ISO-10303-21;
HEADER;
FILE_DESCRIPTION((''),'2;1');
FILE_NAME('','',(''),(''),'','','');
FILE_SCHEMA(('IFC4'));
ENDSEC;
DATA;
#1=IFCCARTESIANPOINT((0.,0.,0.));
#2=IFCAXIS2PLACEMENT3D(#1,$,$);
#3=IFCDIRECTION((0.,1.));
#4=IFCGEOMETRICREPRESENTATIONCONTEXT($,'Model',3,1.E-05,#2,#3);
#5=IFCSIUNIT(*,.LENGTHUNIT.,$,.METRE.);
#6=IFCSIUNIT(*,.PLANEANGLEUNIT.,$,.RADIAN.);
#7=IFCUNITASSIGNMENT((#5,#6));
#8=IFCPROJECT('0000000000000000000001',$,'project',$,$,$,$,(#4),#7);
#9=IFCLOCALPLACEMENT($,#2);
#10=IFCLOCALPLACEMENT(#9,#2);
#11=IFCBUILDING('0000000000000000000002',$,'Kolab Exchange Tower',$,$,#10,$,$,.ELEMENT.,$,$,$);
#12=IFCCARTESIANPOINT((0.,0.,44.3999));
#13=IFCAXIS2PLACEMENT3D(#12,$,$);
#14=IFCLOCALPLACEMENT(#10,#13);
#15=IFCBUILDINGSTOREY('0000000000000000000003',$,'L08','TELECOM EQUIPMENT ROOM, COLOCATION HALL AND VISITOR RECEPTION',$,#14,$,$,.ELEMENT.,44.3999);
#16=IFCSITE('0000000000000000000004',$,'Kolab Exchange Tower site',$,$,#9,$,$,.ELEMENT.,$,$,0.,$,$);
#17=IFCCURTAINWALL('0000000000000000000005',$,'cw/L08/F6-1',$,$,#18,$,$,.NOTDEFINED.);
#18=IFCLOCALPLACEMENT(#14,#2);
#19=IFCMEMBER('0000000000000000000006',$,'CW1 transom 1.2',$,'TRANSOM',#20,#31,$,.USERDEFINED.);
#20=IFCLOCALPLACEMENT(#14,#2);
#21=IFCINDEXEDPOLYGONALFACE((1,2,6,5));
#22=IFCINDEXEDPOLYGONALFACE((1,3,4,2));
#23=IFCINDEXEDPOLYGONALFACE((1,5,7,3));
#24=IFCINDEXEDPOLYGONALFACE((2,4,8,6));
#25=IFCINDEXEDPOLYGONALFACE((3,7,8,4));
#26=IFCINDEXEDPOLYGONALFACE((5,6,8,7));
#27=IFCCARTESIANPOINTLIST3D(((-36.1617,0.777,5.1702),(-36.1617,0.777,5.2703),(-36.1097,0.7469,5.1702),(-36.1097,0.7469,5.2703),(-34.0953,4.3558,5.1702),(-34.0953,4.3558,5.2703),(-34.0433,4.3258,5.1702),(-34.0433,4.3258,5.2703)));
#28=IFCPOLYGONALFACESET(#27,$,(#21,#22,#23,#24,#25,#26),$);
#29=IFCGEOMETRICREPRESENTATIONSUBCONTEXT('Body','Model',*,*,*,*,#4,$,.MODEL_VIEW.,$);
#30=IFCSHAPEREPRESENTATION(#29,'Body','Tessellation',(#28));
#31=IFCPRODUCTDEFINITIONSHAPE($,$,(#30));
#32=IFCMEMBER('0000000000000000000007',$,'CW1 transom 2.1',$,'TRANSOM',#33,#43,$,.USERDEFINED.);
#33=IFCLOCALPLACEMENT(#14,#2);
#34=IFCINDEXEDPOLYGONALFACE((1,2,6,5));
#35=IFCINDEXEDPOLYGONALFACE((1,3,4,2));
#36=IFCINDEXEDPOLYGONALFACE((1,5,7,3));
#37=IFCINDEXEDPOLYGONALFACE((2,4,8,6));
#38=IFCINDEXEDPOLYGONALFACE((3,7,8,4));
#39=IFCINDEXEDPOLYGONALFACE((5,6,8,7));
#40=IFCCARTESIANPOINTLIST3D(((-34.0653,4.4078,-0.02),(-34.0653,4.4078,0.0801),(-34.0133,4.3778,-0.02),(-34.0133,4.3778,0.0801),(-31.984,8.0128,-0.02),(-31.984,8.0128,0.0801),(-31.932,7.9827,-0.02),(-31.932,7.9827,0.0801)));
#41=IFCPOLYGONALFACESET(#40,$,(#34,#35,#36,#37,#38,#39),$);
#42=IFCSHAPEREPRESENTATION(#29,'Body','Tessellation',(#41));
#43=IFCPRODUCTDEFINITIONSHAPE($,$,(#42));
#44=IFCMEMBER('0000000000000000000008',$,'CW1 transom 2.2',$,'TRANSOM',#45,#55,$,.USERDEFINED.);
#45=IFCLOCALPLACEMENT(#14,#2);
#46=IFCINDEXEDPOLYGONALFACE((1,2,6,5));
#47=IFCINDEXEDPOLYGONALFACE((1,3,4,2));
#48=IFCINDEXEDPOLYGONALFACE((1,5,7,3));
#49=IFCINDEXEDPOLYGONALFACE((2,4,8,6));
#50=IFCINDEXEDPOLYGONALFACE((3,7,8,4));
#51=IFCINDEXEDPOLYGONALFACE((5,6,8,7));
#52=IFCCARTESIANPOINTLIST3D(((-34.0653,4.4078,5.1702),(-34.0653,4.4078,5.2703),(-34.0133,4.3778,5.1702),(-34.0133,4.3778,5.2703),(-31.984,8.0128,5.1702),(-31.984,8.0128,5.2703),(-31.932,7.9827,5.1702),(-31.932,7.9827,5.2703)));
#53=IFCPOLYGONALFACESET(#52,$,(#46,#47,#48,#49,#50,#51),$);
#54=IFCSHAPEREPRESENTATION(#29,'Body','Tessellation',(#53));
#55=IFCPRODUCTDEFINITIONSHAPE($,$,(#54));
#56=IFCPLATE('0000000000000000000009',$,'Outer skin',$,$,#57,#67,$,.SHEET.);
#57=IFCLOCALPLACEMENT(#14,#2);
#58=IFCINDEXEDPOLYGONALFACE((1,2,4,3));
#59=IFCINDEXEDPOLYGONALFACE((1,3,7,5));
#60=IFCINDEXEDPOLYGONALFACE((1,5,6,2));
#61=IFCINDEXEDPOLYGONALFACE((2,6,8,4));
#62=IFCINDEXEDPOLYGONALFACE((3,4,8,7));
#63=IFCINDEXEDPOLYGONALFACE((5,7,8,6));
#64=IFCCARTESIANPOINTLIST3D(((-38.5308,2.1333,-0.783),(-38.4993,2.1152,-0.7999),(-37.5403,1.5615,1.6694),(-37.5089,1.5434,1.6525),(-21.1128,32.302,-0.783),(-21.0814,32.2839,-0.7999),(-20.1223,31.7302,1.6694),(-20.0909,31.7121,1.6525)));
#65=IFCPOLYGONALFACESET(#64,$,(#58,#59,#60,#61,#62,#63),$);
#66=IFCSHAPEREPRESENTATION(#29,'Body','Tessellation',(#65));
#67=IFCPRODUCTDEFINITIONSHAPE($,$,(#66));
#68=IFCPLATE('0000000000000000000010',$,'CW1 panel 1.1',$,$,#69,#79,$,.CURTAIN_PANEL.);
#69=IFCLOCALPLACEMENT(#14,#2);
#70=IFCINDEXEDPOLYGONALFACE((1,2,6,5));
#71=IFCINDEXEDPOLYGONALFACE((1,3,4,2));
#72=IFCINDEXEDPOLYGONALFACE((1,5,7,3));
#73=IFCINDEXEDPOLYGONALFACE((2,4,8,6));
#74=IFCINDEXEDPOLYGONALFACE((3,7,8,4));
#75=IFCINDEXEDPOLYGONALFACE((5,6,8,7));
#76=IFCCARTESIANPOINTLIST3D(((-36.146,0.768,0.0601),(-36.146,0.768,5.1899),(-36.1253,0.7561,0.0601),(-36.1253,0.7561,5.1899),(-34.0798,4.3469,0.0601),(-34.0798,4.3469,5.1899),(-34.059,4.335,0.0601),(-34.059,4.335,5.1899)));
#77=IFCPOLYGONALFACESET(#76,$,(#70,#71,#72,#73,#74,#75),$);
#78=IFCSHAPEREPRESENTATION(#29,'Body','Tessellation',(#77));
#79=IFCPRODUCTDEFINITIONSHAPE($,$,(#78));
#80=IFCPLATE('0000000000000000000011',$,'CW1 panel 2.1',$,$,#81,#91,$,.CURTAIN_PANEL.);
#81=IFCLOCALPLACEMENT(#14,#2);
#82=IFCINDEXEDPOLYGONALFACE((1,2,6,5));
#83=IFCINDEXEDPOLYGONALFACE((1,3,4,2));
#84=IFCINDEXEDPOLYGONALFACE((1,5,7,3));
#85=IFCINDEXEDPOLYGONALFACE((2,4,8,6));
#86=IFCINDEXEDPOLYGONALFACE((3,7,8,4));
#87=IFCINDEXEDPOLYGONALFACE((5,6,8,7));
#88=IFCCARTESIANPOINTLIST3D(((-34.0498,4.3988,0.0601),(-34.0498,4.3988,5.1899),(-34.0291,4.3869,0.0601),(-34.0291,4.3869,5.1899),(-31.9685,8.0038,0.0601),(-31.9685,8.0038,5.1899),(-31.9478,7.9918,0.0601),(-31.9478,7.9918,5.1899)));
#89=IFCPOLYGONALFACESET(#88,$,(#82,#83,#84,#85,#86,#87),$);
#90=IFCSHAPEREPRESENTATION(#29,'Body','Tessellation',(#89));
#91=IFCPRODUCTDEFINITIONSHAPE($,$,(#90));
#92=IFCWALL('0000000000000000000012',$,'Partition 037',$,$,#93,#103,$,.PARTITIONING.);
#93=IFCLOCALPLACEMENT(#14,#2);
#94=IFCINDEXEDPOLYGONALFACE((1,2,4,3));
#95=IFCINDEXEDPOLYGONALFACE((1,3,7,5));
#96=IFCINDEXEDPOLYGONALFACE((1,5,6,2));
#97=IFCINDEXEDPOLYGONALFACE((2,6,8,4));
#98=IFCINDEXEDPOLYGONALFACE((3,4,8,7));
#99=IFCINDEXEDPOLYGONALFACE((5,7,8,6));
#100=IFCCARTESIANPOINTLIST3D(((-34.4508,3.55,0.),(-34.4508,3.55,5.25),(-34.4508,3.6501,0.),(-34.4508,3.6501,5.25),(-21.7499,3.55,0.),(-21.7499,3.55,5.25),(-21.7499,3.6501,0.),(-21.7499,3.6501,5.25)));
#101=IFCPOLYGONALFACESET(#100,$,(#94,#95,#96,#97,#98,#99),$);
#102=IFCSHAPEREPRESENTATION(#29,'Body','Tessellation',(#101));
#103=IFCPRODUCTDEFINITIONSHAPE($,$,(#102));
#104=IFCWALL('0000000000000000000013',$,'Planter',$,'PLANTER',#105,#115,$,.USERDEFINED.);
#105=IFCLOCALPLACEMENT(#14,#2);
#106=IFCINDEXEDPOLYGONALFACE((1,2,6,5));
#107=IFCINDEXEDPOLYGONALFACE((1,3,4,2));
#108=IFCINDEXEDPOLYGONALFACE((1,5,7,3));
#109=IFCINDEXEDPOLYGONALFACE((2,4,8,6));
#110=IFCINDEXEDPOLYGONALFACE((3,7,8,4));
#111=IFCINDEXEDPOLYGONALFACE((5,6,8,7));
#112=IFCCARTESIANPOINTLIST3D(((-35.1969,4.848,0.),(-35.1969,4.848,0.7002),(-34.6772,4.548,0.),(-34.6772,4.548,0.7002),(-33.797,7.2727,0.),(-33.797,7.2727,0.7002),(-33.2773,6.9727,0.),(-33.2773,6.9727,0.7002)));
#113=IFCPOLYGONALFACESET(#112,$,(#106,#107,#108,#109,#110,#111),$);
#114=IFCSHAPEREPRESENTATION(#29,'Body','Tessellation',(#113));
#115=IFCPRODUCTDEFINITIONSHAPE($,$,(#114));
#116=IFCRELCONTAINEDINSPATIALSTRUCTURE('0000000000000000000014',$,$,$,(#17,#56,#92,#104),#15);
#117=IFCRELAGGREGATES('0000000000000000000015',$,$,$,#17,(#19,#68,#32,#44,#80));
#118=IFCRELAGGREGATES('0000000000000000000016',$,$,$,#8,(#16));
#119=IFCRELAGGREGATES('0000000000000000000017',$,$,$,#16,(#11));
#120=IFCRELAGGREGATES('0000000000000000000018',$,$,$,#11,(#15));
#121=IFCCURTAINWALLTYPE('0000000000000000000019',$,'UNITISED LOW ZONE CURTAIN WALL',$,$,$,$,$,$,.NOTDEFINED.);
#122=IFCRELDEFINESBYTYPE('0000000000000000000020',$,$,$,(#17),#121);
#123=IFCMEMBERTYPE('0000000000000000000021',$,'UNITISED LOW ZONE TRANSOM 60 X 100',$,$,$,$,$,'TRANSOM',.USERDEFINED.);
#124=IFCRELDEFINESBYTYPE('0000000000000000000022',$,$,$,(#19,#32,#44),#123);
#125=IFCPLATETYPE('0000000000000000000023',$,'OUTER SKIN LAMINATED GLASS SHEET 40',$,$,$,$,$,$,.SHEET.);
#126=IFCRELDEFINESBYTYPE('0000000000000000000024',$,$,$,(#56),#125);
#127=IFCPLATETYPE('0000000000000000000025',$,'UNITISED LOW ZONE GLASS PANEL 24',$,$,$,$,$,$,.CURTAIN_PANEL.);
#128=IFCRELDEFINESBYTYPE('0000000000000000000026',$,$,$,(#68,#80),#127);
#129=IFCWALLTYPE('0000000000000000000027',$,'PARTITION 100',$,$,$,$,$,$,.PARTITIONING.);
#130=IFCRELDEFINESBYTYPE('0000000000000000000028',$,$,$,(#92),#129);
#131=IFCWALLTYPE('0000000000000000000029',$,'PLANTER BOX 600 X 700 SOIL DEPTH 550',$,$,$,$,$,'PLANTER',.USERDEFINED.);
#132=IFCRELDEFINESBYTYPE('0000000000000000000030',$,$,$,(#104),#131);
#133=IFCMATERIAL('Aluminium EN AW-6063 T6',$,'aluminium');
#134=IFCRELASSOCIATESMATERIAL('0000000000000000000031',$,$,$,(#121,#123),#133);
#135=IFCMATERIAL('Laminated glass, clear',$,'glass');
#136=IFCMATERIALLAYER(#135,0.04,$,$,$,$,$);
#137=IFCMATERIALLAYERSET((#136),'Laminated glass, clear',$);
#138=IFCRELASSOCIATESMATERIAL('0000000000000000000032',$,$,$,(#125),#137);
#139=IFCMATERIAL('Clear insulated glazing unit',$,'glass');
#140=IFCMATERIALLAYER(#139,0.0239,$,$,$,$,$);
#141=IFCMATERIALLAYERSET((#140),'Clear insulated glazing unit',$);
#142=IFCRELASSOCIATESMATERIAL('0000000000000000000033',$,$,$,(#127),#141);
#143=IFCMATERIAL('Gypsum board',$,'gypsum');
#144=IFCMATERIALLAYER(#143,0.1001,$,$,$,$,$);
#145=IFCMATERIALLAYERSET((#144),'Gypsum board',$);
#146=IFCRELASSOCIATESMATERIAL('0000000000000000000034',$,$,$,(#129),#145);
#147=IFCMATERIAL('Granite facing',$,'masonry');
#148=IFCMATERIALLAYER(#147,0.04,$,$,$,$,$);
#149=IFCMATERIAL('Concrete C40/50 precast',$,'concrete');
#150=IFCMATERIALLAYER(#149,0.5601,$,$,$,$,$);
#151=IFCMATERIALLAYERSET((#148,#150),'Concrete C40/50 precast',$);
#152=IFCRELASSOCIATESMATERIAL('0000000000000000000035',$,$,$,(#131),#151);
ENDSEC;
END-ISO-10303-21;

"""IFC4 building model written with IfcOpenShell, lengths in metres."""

from ifc_helpers import new_model, si_unit, direction, frame, frame_2d, origin, origin_2d, place, context, subcontext, project, spatial, polyline, rectangle, outline, extrude, material, layer, layer_set, material_profile, profile_set, type_object, element, aggregate, save


model = new_model("IFC4")

# Units and contexts
model_context = context("Model", 3, precision=1e-05, world=origin(), true_north=direction((0.0, 1.0)))
body_context = subcontext(model_context, "Body", "Model", "MODEL_VIEW")
ifc_project = project(units=[si_unit("LENGTHUNIT", "METRE"), si_unit("PLANEANGLEUNIT", "RADIAN")], contexts=[model_context])

# Site, building, storey
site_placement = place(None, origin())
site = spatial("IfcSite", under=ifc_project, at=site_placement, Name="Kolab Exchange Tower site", CompositionType="ELEMENT", RefElevation=0.0)
building_placement = place(site_placement, origin())
building = spatial("IfcBuilding", under=site, at=building_placement, Name="Kolab Exchange Tower", CompositionType="ELEMENT")
storey_placement = place(building_placement, frame((0.0, 0.0, 44.3999)))
storey = spatial("IfcBuildingStorey", under=building, at=storey_placement, Name="L08", Description="TELECOM EQUIPMENT ROOM, COLOCATION HALL AND VISITOR RECEPTION", CompositionType="ELEMENT", Elevation=44.3999)

# Curtain wall
ifc_material_1 = material(Name="Aluminium EN AW-6063 T6", Category="aluminium")
curtain_wall_type = type_object("IfcCurtainWallType", Name="UNITISED LOW ZONE CURTAIN WALL", PredefinedType="NOTDEFINED", material=ifc_material_1)
curtain_wall_1_placement = place(storey_placement, origin())
curtain_wall_1 = element("IfcCurtainWall", 1, at=curtain_wall_1_placement, inside=storey, type_object=curtain_wall_type, Name="cw/L08/F6-1", PredefinedType="NOTDEFINED")

# Members
ifc_material_profile_1 = material_profile(ifc_material_1, rectangle(XDim=0.0601, YDim=0.1001, at=origin_2d()), Name="RECT 60X100")
ifc_profile_set_1 = profile_set([ifc_material_profile_1], Name="Aluminium EN AW-6063 T6")
member_type_1 = type_object("IfcMemberType", Name="UNITISED LOW ZONE TRANSOM 60 X 100", ElementType="TRANSOM", PredefinedType="USERDEFINED", material=ifc_profile_set_1)
member_1_placement = place(storey_placement, frame((-36.1357, 0.762, 5.2202), z_axis=(0.500028, 0.866009, 0.0), x_axis=(-0.866009, 0.500028, 0.0)))
member_1 = element("IfcMember", 2, at=member_1_placement, type_object=member_type_1, Name="CW1 transom 1.2", ObjectType="TRANSOM", PredefinedType="USERDEFINED", context=body_context, shape_type="SweptSolid", body=[
    extrude(rectangle(XDim=0.0601, YDim=0.1001, at=origin_2d()), origin(), (0.0, 0.0, 1.0), 4.1326),
])
member_2_placement = place(storey_placement, frame((-34.0393, 4.3928, 0.03), z_axis=(0.499993, 0.866029, 0.0), x_axis=(-0.866029, 0.499993, 0.0)))
member_2 = element("IfcMember", 3, at=member_2_placement, type_object=member_type_1, Name="CW1 transom 2.1", ObjectType="TRANSOM", PredefinedType="USERDEFINED", context=body_context, shape_type="SweptSolid", body=[
    extrude(rectangle(XDim=0.0601, YDim=0.1001, at=origin_2d()), origin(), (0.0, 0.0, 1.0), 4.1626),
])
member_3_placement = place(storey_placement, frame((-34.0393, 4.3928, 5.2202), z_axis=(0.499993, 0.866029, 0.0), x_axis=(-0.866029, 0.499993, 0.0)))
member_3 = element("IfcMember", 4, at=member_3_placement, type_object=member_type_1, Name="CW1 transom 2.2", ObjectType="TRANSOM", PredefinedType="USERDEFINED", context=body_context, shape_type="SweptSolid", body=[
    extrude(rectangle(XDim=0.0601, YDim=0.1001, at=origin_2d()), origin(), (0.0, 0.0, 1.0), 4.1626),
])

# Plates
ifc_material_2 = material(Name="Laminated glass, clear", Category="glass")
ifc_layer_1 = layer(ifc_material_2, 0.04)
ifc_layer_set_1 = layer_set([ifc_layer_1], Name="Laminated glass, clear")
plate_type_1 = type_object("IfcPlateType", Name="OUTER SKIN LAMINATED GLASS SHEET 40", PredefinedType="SHEET", material=ifc_layer_set_1)
plate_1_placement = place(storey_placement, frame((-38.5308, 2.1333, -0.783), z_axis=(-0.784873, 0.453148, 0.422648), x_axis=(0.500001, 0.866025, 0.0)))
element("IfcPlate", 5, at=plate_1_placement, inside=storey, type_object=plate_type_1, Name="Outer skin", PredefinedType="SHEET", context=body_context, shape_type="SweptSolid", body=[
    extrude(outline(polyline([(0.0, 0.0), (34.8358, 0.0), (34.8359, -2.706), (0.0001, -2.706), (0.0, 0.0)])), origin(), (0.0, 0.0, -1.0), 0.04),
])
ifc_material_3 = material(Name="Clear insulated glazing unit", Category="glass")
ifc_layer_2 = layer(ifc_material_3, 0.0239)
ifc_layer_set_2 = layer_set([ifc_layer_2], Name="Clear insulated glazing unit")
plate_type_2 = type_object("IfcPlateType", Name="UNITISED LOW ZONE GLASS PANEL 24", PredefinedType="CURTAIN_PANEL", material=ifc_layer_set_2)
plate_2_placement = place(storey_placement, frame((-35.1025, 2.5515, 0.0601), z_axis=(0.0, 0.0, 1.0), x_axis=(0.5, 0.866025, 0.0)))
plate_2 = element("IfcPlate", 6, at=plate_2_placement, type_object=plate_type_2, Name="CW1 panel 1.1", PredefinedType="CURTAIN_PANEL", context=body_context, shape_type="SweptSolid", body=[
    extrude(rectangle(XDim=4.1326, YDim=0.0239, at=origin_2d()), origin(), (0.0, 0.0, 1.0), 5.1299),
])
plate_3_placement = place(storey_placement, frame((-32.9988, 6.1953, 0.0601), z_axis=(0.0, 0.0, 1.0), x_axis=(0.5, 0.866025, 0.0)))
plate_3 = element("IfcPlate", 7, at=plate_3_placement, type_object=plate_type_2, Name="CW1 panel 2.1", PredefinedType="CURTAIN_PANEL", context=body_context, shape_type="SweptSolid", body=[
    extrude(rectangle(XDim=4.1626, YDim=0.0239, at=origin_2d()), origin(), (0.0, 0.0, 1.0), 5.1299),
])
aggregate(curtain_wall_1, [member_1, plate_2, member_2, member_3, plate_3])

# Walls
ifc_material_4 = material(Name="Gypsum board", Category="gypsum")
ifc_layer_3 = layer(ifc_material_4, 0.1001)
ifc_layer_set_3 = layer_set([ifc_layer_3], Name="Gypsum board")
wall_type_1 = type_object("IfcWallType", Name="PARTITION 100", PredefinedType="PARTITIONING", material=ifc_layer_set_3)
wall_1_placement = place(storey_placement, frame((-34.4509, 3.6001, 0.0), z_axis=(0.0, 0.0, 1.0), x_axis=(1.0, 0.0, 0.0)))
element("IfcWall", 8, at=wall_1_placement, inside=storey, type_object=wall_type_1, Name="Partition 037", PredefinedType="PARTITIONING", context=body_context, shape_type="SweptSolid", body=[
    extrude(rectangle(XDim=12.7009, YDim=0.1001, at=frame_2d((6.3506, 0.0))), origin(), (0.0, 0.0, 1.0), 5.25),
])
ifc_material_5 = material(Name="Granite facing", Category="masonry")
ifc_layer_4 = layer(ifc_material_5, 0.04)
ifc_material_6 = material(Name="Concrete C40/50 precast", Category="concrete")
ifc_layer_5 = layer(ifc_material_6, 0.5601)
ifc_layer_set_4 = layer_set([ifc_layer_4, ifc_layer_5], Name="Concrete C40/50 precast")
wall_type_2 = type_object("IfcWallType", Name="PLANTER BOX 600 X 700 SOIL DEPTH 550", ElementType="PLANTER", PredefinedType="USERDEFINED", material=ifc_layer_set_4)
wall_2_placement = place(storey_placement, frame((-34.937, 4.698, 0.0), z_axis=(0.0, 0.0, 1.0), x_axis=(0.499984, 0.866035, 0.0)))
element("IfcWall", 9, at=wall_2_placement, inside=storey, type_object=wall_type_2, Name="Planter", ObjectType="PLANTER", PredefinedType="USERDEFINED", context=body_context, shape_type="SweptSolid", body=[
    extrude(rectangle(XDim=2.7998, YDim=0.6001, at=frame_2d((1.3999, 0.0))), origin(), (0.0, 0.0, 1.0), 0.7002),
])

save(model, "model.ifc")
